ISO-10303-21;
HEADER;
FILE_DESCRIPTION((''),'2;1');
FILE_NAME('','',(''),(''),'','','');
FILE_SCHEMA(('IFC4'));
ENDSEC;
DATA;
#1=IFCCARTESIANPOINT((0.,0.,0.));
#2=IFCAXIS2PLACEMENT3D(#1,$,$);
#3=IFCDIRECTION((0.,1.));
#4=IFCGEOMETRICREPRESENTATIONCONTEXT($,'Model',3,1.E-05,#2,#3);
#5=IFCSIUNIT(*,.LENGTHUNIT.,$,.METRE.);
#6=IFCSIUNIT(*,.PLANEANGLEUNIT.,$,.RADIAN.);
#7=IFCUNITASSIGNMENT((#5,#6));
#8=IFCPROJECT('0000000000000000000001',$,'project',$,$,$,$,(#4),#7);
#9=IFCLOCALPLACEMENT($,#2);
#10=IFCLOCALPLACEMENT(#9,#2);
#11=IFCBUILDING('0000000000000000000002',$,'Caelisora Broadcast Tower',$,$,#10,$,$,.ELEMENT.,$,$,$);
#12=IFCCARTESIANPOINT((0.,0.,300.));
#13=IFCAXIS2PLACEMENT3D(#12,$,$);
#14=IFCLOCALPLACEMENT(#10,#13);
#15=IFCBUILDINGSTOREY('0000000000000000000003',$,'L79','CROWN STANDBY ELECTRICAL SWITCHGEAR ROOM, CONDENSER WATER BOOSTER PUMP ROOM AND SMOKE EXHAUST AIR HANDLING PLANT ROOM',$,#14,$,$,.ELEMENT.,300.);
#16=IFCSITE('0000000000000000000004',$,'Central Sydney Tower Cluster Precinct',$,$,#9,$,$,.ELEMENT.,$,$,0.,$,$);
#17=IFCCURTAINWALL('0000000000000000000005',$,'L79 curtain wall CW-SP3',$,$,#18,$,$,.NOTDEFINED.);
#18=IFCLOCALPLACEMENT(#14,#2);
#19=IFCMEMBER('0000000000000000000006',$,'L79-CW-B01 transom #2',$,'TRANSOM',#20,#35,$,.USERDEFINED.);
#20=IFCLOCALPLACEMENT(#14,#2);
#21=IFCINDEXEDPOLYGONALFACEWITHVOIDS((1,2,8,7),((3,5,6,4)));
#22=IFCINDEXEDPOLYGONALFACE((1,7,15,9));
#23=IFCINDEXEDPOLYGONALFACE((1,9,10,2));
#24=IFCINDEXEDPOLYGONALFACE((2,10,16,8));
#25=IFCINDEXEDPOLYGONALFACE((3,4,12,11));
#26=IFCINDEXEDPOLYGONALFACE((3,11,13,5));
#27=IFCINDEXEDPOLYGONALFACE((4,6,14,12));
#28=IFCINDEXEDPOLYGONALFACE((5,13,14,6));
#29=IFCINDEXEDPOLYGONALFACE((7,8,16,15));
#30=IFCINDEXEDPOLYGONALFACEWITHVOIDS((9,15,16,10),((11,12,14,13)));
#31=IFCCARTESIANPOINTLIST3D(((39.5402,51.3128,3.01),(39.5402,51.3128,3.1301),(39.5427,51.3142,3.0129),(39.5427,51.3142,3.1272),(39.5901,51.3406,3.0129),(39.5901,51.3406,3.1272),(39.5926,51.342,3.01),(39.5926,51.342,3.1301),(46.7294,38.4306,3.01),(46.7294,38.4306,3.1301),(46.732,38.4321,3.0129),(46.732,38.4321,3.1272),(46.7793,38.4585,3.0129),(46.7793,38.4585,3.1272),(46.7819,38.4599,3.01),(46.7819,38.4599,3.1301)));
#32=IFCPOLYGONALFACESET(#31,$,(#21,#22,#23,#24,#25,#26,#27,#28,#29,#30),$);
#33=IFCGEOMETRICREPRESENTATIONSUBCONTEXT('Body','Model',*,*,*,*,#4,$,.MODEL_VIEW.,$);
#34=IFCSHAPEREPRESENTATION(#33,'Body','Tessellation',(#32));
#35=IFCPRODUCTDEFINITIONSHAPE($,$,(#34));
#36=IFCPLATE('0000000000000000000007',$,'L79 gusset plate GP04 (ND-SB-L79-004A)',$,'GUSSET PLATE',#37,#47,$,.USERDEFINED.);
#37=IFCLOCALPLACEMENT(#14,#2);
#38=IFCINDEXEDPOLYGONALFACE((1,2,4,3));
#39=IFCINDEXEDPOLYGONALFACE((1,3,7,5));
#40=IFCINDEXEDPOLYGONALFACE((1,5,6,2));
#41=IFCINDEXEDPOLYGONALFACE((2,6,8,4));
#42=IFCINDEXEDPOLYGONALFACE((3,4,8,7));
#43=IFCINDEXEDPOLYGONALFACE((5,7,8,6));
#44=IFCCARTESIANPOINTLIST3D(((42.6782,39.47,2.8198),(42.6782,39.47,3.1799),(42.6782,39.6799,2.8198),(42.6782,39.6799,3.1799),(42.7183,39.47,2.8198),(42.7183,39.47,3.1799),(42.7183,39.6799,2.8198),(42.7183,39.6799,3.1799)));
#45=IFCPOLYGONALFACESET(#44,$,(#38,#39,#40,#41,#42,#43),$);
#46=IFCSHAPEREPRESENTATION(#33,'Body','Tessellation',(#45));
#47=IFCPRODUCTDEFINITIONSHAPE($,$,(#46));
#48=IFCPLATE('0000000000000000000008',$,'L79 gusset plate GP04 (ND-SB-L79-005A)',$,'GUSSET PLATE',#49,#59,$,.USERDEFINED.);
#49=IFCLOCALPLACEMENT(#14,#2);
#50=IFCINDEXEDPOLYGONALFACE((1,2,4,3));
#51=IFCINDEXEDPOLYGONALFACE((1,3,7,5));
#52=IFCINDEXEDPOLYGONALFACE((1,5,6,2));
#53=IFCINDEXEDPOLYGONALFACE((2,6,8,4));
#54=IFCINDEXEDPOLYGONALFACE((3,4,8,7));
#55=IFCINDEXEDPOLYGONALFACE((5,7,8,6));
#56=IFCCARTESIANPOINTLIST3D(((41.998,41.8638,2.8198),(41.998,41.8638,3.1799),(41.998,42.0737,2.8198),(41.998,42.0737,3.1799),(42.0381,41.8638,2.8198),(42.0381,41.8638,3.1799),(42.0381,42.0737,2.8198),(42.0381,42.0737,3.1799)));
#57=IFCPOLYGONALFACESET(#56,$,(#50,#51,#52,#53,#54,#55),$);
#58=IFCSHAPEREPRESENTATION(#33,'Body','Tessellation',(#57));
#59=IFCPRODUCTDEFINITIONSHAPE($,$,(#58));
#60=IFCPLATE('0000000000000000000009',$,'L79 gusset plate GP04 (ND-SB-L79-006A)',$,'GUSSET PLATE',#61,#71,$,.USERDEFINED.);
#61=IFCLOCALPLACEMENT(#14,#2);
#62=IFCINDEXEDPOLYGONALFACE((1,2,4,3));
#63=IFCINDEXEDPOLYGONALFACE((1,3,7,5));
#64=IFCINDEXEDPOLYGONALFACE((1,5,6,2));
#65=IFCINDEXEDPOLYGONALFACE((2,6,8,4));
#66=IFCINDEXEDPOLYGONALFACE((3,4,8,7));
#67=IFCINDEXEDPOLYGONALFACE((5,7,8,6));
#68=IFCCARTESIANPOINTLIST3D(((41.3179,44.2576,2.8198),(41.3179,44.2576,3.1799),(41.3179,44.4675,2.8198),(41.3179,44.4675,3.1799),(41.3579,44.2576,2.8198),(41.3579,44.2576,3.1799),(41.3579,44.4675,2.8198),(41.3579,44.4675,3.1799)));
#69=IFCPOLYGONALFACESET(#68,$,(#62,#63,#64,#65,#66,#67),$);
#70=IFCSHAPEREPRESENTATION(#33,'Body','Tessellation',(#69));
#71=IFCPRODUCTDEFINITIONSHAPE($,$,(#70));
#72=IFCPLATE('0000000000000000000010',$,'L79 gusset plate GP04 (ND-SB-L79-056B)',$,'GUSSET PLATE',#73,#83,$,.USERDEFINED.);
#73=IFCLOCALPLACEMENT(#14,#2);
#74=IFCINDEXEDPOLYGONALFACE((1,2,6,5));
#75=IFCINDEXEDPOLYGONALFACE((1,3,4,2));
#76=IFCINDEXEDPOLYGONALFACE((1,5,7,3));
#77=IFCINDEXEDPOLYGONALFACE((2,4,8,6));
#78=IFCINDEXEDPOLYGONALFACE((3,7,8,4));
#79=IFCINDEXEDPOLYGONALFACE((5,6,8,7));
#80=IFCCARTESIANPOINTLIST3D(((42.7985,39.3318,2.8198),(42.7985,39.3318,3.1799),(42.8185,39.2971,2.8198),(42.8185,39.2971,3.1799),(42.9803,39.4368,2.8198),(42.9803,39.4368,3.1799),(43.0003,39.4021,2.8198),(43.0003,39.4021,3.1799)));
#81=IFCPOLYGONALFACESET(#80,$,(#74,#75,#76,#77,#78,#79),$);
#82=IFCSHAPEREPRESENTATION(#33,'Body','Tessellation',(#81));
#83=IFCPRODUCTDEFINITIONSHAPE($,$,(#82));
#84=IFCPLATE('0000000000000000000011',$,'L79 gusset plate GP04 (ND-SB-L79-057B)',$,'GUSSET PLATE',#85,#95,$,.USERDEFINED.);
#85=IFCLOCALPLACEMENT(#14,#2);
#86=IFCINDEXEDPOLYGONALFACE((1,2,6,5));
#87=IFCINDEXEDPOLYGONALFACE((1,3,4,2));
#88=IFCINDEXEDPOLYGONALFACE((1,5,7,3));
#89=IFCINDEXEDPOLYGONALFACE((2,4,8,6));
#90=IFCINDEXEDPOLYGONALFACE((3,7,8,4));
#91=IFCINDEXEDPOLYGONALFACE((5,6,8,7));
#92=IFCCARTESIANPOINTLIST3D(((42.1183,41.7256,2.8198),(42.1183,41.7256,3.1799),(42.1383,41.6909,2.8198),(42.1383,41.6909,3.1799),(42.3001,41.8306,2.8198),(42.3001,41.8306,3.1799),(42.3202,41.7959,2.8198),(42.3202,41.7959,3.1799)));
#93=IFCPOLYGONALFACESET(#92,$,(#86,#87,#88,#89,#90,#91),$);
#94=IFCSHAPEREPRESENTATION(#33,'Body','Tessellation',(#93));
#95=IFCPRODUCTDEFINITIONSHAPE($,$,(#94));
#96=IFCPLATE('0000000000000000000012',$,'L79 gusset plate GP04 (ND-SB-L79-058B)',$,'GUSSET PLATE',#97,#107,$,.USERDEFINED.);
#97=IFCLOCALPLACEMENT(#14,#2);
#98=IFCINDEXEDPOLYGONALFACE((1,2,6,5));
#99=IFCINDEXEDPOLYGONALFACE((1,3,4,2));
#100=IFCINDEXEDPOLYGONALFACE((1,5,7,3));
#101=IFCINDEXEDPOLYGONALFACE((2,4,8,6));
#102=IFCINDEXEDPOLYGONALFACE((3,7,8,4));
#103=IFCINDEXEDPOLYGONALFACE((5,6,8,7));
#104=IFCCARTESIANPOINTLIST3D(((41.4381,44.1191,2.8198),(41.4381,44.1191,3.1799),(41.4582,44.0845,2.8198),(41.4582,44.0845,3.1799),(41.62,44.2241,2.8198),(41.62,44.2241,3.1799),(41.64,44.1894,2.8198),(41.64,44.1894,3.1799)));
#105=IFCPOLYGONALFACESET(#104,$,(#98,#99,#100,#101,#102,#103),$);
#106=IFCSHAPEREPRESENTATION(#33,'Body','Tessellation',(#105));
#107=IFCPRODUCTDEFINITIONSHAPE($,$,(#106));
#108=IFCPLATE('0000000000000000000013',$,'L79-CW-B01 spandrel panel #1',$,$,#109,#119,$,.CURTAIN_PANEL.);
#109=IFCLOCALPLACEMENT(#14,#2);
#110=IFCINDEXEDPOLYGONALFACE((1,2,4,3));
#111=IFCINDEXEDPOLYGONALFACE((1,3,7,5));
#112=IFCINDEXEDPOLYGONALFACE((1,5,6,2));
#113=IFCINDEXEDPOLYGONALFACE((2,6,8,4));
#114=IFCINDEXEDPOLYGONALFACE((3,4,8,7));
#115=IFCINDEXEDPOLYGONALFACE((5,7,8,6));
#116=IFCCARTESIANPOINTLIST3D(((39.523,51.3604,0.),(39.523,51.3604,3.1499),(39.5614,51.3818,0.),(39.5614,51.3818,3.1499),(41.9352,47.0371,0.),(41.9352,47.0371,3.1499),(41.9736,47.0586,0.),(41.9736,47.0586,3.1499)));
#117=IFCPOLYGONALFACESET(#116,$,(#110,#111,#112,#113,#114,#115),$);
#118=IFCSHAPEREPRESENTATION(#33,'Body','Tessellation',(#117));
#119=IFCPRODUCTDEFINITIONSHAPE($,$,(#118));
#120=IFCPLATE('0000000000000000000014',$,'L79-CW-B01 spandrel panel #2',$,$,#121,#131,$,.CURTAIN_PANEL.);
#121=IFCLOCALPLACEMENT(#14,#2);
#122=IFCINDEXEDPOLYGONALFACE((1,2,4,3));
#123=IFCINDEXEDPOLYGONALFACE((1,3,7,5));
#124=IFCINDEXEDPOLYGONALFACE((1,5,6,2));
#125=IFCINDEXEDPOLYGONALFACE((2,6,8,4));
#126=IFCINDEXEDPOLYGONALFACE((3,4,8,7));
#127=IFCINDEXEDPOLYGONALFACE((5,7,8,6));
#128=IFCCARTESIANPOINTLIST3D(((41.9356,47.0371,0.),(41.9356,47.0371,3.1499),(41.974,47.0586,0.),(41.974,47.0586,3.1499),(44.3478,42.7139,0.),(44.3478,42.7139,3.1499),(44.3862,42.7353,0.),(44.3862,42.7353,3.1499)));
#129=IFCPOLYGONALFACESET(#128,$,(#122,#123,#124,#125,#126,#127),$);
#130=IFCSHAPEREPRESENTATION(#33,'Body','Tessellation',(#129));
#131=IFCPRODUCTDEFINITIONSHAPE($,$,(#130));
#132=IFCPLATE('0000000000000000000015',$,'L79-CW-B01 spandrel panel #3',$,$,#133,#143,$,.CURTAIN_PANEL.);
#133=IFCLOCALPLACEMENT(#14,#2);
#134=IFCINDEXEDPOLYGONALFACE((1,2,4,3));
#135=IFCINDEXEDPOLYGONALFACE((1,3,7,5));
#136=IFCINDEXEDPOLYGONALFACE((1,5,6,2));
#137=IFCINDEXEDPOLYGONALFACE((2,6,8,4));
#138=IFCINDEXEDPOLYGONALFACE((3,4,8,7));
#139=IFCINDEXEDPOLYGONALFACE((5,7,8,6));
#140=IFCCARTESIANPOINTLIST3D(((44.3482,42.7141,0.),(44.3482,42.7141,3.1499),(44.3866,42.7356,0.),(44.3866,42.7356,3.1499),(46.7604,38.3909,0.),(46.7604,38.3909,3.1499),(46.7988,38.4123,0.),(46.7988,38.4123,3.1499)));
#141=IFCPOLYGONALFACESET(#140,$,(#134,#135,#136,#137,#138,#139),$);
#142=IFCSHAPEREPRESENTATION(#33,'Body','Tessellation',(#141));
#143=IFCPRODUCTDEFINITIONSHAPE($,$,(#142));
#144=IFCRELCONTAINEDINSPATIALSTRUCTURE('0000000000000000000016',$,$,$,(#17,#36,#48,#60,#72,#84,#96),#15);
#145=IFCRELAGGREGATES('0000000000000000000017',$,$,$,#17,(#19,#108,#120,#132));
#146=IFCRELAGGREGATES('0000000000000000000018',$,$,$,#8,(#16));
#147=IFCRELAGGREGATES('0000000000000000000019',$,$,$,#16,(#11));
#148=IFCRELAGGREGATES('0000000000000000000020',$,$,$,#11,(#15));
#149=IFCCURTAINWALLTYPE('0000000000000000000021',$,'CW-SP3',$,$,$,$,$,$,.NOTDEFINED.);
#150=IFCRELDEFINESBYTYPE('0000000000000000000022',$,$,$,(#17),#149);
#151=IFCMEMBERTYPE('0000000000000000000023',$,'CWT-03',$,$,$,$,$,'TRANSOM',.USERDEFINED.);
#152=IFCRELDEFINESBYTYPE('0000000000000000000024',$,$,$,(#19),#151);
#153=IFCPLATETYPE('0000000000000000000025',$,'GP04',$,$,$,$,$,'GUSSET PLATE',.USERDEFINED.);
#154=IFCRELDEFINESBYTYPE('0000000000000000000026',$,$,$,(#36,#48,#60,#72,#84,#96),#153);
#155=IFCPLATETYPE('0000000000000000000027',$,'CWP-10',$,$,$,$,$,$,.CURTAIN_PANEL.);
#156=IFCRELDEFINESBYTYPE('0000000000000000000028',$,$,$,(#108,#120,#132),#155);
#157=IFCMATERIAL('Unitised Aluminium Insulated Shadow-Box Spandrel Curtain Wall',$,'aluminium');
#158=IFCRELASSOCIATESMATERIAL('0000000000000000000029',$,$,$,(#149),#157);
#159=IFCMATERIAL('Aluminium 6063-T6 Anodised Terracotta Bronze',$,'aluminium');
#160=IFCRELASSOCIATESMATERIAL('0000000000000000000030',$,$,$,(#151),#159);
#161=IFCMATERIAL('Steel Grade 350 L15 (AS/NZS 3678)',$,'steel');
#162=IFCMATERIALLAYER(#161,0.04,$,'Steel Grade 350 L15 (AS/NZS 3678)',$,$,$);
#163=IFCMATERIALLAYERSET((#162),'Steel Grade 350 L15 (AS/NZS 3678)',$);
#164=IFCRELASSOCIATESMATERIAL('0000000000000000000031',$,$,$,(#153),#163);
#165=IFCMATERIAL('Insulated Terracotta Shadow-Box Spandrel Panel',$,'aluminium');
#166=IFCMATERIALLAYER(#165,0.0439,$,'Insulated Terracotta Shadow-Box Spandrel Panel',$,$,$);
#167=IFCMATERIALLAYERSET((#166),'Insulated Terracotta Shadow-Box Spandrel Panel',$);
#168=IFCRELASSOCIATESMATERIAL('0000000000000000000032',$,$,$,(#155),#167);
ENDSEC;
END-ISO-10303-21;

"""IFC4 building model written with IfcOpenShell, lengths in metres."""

from ifc_helpers import new_model, si_unit, direction, frame, origin, origin_2d, place, context, subcontext, project, spatial, rectangle, hollow_rectangle, extrude, source, transform, mapped, material, layer, layer_set, material_profile, profile_set, type_object, type_shapes, element, aggregate, save


model = new_model("IFC4")

# Units and contexts
model_context = context("Model", 3, precision=1e-05, world=origin(), true_north=direction((0.0, 1.0)))
body_context = subcontext(model_context, "Body", "Model", "MODEL_VIEW")
ifc_project = project(units=[si_unit("LENGTHUNIT", "METRE"), si_unit("PLANEANGLEUNIT", "RADIAN")], contexts=[model_context])

# Site, building, storey
site_placement = place(None, origin())
site = spatial("IfcSite", under=ifc_project, at=site_placement, Name="Central Sydney Tower Cluster Precinct", CompositionType="ELEMENT", RefElevation=0.0)
building_placement = place(site_placement, origin())
building = spatial("IfcBuilding", under=site, at=building_placement, Name="Caelisora Broadcast Tower", CompositionType="ELEMENT")
storey_placement = place(building_placement, frame((0.0, 0.0, 300.0)))
storey = spatial("IfcBuildingStorey", under=building, at=storey_placement, Name="L79", Description="CROWN STANDBY ELECTRICAL SWITCHGEAR ROOM, CONDENSER WATER BOOSTER PUMP ROOM AND SMOKE EXHAUST AIR HANDLING PLANT ROOM", CompositionType="ELEMENT", Elevation=300.0)

# Curtain wall, member
ifc_material_1 = material(Name="Unitised Aluminium Insulated Shadow-Box Spandrel Curtain Wall", Category="aluminium")
curtain_wall_type = type_object("IfcCurtainWallType", Name="CW-SP3", PredefinedType="NOTDEFINED", material=ifc_material_1)
curtain_wall_placement = place(storey_placement, origin())
curtain_wall = element("IfcCurtainWall", 1, at=curtain_wall_placement, inside=storey, type_object=curtain_wall_type, Name="L79 curtain wall CW-SP3", PredefinedType="NOTDEFINED")
ifc_material_2 = material(Name="Aluminium 6063-T6 Anodised Terracotta Bronze", Category="aluminium")
ifc_material_profile_1 = material_profile(ifc_material_2, hollow_rectangle(XDim=0.0601, YDim=0.1201, WallThickness=0.0029, at=origin_2d()), Name="Aluminium 6063-T6 Anodised Terracotta Bronze")
ifc_profile_set_1 = profile_set([ifc_material_profile_1], Name="Aluminium 6063-T6 Anodised Terracotta Bronze")
member_type_1 = type_object("IfcMemberType", Name="CWT-03", ElementType="TRANSOM", PredefinedType="USERDEFINED", material=ifc_profile_set_1)
shared_shape_1 = source(origin(), body_context, "Body", "SweptSolid", [
    extrude(hollow_rectangle(XDim=0.0601, YDim=0.1201, WallThickness=0.0029, at=origin_2d()), origin(), (0.0, 0.0, 1.0), 14.7524),
])
type_shapes(member_type_1, [shared_shape_1])
member_1_placement = place(storey_placement, frame((39.5664, 51.3274, 3.0701), z_axis=(0.487325, -0.87322, 0.0), x_axis=(0.87322, 0.487325, 0.0)))
member_1 = element("IfcMember", 2, at=member_1_placement, type_object=member_type_1, Name="L79-CW-B01 transom #2", ObjectType="TRANSOM", PredefinedType="USERDEFINED", context=body_context, shape_type="MappedRepresentation", body=[
    mapped(shared_shape_1, transform((0.0, 0.0, 0.0), scale=1.0)),
])

# Plates
ifc_material_3 = material(Name="Steel Grade 350 L15 (AS/NZS 3678)", Category="steel")
ifc_layer_1 = layer(ifc_material_3, 0.04, Name="Steel Grade 350 L15 (AS/NZS 3678)")
ifc_layer_set_1 = layer_set([ifc_layer_1], Name="Steel Grade 350 L15 (AS/NZS 3678)")
plate_type_1 = type_object("IfcPlateType", Name="GP04", ElementType="GUSSET PLATE", PredefinedType="USERDEFINED", material=ifc_layer_set_1)
shared_shape_2 = source(origin(), body_context, "Body", "SweptSolid", [
    extrude(rectangle(XDim=0.21, YDim=0.04, at=origin_2d()), origin(), (0.0, 0.0, 1.0), 0.3601),
])
type_shapes(plate_type_1, [shared_shape_2])
for number, where, z_axis, x_axis, name in (
    (3, (42.6982, 39.575, 2.8198), (0.0, 0.0, 1.0), (0.0, -1.0, 0.0), "L79 gusset plate GP04 (ND-SB-L79-004A)"),
    (4, (42.0181, 41.9688, 2.8198), (0.0, 0.0, 1.0), (0.0, -1.0, 0.0), "L79 gusset plate GP04 (ND-SB-L79-005A)"),
    (5, (41.3379, 44.3625, 2.8198), (0.0, 0.0, 1.0), (0.0, -1.0, 0.0), "L79 gusset plate GP04 (ND-SB-L79-006A)"),
    (6, (42.8994, 39.3669, 2.8198), (0.0, 0.0, 1.0), (-0.866025, -0.5, 0.0), "L79 gusset plate GP04 (ND-SB-L79-056B)"),
    (7, (42.2192, 41.7607, 2.8198), (0.0, 0.0, 1.0), (-0.866025, -0.5, 0.0), "L79 gusset plate GP04 (ND-SB-L79-057B)"),
    (8, (41.5391, 44.1543, 2.8198), (0.0, 0.0, 1.0), (-0.866025, -0.5, 0.0), "L79 gusset plate GP04 (ND-SB-L79-058B)"),
):
    element("IfcPlate", number, at=place(storey_placement, frame(where, z_axis=z_axis, x_axis=x_axis)), inside=storey, type_object=plate_type_1, Name=name, ObjectType="GUSSET PLATE", PredefinedType="USERDEFINED", context=body_context, shape_type="MappedRepresentation", body=[
        mapped(shared_shape_2, transform((0.0, 0.0, 0.0), scale=1.0)),
    ])

# Plates
ifc_material_4 = material(Name="Insulated Terracotta Shadow-Box Spandrel Panel", Category="aluminium")
ifc_layer_2 = layer(ifc_material_4, 0.0439, Name="Insulated Terracotta Shadow-Box Spandrel Panel")
ifc_layer_set_2 = layer_set([ifc_layer_2], Name="Insulated Terracotta Shadow-Box Spandrel Panel")
plate_type_2 = type_object("IfcPlateType", Name="CWP-10", PredefinedType="CURTAIN_PANEL", material=ifc_layer_set_2)
shared_shape_3 = source(origin(), body_context, "Body", "SweptSolid", [
    extrude(rectangle(XDim=4.9507, YDim=0.0439, at=origin_2d()), origin(), (0.0, 0.0, 1.0), 3.1499),
])
type_shapes(plate_type_2, [shared_shape_3])
plate_1_placement = place(storey_placement, frame((40.7483, 49.2095, 0.0), z_axis=(0.0, 0.0, 1.0), x_axis=(0.48725, -0.873262, 0.0)))
plate_1 = element("IfcPlate", 9, at=plate_1_placement, type_object=plate_type_2, Name="L79-CW-B01 spandrel panel #1", PredefinedType="CURTAIN_PANEL", context=body_context, shape_type="MappedRepresentation", body=[
    mapped(shared_shape_3, transform((0.0, 0.0, 0.0), scale=1.0)),
])
plate_2_placement = place(storey_placement, frame((43.1609, 44.8862, 0.0), z_axis=(0.0, 0.0, 1.0), x_axis=(0.48725, -0.873262, 0.0)))
plate_2 = element("IfcPlate", 10, at=plate_2_placement, type_object=plate_type_2, Name="L79-CW-B01 spandrel panel #2", PredefinedType="CURTAIN_PANEL", context=body_context, shape_type="MappedRepresentation", body=[
    mapped(shared_shape_3, transform((0.0, 0.0, 0.0), scale=1.0)),
])
plate_3_placement = place(storey_placement, frame((45.5735, 40.5632, 0.0), z_axis=(0.0, 0.0, 1.0), x_axis=(0.48725, -0.873262, 0.0)))
plate_3 = element("IfcPlate", 11, at=plate_3_placement, type_object=plate_type_2, Name="L79-CW-B01 spandrel panel #3", PredefinedType="CURTAIN_PANEL", context=body_context, shape_type="MappedRepresentation", body=[
    mapped(shared_shape_3, transform((0.0, 0.0, 0.0), scale=1.0)),
])
aggregate(curtain_wall, [member_1, plate_1, plate_2, plate_3])

save(model, "model.ifc")
